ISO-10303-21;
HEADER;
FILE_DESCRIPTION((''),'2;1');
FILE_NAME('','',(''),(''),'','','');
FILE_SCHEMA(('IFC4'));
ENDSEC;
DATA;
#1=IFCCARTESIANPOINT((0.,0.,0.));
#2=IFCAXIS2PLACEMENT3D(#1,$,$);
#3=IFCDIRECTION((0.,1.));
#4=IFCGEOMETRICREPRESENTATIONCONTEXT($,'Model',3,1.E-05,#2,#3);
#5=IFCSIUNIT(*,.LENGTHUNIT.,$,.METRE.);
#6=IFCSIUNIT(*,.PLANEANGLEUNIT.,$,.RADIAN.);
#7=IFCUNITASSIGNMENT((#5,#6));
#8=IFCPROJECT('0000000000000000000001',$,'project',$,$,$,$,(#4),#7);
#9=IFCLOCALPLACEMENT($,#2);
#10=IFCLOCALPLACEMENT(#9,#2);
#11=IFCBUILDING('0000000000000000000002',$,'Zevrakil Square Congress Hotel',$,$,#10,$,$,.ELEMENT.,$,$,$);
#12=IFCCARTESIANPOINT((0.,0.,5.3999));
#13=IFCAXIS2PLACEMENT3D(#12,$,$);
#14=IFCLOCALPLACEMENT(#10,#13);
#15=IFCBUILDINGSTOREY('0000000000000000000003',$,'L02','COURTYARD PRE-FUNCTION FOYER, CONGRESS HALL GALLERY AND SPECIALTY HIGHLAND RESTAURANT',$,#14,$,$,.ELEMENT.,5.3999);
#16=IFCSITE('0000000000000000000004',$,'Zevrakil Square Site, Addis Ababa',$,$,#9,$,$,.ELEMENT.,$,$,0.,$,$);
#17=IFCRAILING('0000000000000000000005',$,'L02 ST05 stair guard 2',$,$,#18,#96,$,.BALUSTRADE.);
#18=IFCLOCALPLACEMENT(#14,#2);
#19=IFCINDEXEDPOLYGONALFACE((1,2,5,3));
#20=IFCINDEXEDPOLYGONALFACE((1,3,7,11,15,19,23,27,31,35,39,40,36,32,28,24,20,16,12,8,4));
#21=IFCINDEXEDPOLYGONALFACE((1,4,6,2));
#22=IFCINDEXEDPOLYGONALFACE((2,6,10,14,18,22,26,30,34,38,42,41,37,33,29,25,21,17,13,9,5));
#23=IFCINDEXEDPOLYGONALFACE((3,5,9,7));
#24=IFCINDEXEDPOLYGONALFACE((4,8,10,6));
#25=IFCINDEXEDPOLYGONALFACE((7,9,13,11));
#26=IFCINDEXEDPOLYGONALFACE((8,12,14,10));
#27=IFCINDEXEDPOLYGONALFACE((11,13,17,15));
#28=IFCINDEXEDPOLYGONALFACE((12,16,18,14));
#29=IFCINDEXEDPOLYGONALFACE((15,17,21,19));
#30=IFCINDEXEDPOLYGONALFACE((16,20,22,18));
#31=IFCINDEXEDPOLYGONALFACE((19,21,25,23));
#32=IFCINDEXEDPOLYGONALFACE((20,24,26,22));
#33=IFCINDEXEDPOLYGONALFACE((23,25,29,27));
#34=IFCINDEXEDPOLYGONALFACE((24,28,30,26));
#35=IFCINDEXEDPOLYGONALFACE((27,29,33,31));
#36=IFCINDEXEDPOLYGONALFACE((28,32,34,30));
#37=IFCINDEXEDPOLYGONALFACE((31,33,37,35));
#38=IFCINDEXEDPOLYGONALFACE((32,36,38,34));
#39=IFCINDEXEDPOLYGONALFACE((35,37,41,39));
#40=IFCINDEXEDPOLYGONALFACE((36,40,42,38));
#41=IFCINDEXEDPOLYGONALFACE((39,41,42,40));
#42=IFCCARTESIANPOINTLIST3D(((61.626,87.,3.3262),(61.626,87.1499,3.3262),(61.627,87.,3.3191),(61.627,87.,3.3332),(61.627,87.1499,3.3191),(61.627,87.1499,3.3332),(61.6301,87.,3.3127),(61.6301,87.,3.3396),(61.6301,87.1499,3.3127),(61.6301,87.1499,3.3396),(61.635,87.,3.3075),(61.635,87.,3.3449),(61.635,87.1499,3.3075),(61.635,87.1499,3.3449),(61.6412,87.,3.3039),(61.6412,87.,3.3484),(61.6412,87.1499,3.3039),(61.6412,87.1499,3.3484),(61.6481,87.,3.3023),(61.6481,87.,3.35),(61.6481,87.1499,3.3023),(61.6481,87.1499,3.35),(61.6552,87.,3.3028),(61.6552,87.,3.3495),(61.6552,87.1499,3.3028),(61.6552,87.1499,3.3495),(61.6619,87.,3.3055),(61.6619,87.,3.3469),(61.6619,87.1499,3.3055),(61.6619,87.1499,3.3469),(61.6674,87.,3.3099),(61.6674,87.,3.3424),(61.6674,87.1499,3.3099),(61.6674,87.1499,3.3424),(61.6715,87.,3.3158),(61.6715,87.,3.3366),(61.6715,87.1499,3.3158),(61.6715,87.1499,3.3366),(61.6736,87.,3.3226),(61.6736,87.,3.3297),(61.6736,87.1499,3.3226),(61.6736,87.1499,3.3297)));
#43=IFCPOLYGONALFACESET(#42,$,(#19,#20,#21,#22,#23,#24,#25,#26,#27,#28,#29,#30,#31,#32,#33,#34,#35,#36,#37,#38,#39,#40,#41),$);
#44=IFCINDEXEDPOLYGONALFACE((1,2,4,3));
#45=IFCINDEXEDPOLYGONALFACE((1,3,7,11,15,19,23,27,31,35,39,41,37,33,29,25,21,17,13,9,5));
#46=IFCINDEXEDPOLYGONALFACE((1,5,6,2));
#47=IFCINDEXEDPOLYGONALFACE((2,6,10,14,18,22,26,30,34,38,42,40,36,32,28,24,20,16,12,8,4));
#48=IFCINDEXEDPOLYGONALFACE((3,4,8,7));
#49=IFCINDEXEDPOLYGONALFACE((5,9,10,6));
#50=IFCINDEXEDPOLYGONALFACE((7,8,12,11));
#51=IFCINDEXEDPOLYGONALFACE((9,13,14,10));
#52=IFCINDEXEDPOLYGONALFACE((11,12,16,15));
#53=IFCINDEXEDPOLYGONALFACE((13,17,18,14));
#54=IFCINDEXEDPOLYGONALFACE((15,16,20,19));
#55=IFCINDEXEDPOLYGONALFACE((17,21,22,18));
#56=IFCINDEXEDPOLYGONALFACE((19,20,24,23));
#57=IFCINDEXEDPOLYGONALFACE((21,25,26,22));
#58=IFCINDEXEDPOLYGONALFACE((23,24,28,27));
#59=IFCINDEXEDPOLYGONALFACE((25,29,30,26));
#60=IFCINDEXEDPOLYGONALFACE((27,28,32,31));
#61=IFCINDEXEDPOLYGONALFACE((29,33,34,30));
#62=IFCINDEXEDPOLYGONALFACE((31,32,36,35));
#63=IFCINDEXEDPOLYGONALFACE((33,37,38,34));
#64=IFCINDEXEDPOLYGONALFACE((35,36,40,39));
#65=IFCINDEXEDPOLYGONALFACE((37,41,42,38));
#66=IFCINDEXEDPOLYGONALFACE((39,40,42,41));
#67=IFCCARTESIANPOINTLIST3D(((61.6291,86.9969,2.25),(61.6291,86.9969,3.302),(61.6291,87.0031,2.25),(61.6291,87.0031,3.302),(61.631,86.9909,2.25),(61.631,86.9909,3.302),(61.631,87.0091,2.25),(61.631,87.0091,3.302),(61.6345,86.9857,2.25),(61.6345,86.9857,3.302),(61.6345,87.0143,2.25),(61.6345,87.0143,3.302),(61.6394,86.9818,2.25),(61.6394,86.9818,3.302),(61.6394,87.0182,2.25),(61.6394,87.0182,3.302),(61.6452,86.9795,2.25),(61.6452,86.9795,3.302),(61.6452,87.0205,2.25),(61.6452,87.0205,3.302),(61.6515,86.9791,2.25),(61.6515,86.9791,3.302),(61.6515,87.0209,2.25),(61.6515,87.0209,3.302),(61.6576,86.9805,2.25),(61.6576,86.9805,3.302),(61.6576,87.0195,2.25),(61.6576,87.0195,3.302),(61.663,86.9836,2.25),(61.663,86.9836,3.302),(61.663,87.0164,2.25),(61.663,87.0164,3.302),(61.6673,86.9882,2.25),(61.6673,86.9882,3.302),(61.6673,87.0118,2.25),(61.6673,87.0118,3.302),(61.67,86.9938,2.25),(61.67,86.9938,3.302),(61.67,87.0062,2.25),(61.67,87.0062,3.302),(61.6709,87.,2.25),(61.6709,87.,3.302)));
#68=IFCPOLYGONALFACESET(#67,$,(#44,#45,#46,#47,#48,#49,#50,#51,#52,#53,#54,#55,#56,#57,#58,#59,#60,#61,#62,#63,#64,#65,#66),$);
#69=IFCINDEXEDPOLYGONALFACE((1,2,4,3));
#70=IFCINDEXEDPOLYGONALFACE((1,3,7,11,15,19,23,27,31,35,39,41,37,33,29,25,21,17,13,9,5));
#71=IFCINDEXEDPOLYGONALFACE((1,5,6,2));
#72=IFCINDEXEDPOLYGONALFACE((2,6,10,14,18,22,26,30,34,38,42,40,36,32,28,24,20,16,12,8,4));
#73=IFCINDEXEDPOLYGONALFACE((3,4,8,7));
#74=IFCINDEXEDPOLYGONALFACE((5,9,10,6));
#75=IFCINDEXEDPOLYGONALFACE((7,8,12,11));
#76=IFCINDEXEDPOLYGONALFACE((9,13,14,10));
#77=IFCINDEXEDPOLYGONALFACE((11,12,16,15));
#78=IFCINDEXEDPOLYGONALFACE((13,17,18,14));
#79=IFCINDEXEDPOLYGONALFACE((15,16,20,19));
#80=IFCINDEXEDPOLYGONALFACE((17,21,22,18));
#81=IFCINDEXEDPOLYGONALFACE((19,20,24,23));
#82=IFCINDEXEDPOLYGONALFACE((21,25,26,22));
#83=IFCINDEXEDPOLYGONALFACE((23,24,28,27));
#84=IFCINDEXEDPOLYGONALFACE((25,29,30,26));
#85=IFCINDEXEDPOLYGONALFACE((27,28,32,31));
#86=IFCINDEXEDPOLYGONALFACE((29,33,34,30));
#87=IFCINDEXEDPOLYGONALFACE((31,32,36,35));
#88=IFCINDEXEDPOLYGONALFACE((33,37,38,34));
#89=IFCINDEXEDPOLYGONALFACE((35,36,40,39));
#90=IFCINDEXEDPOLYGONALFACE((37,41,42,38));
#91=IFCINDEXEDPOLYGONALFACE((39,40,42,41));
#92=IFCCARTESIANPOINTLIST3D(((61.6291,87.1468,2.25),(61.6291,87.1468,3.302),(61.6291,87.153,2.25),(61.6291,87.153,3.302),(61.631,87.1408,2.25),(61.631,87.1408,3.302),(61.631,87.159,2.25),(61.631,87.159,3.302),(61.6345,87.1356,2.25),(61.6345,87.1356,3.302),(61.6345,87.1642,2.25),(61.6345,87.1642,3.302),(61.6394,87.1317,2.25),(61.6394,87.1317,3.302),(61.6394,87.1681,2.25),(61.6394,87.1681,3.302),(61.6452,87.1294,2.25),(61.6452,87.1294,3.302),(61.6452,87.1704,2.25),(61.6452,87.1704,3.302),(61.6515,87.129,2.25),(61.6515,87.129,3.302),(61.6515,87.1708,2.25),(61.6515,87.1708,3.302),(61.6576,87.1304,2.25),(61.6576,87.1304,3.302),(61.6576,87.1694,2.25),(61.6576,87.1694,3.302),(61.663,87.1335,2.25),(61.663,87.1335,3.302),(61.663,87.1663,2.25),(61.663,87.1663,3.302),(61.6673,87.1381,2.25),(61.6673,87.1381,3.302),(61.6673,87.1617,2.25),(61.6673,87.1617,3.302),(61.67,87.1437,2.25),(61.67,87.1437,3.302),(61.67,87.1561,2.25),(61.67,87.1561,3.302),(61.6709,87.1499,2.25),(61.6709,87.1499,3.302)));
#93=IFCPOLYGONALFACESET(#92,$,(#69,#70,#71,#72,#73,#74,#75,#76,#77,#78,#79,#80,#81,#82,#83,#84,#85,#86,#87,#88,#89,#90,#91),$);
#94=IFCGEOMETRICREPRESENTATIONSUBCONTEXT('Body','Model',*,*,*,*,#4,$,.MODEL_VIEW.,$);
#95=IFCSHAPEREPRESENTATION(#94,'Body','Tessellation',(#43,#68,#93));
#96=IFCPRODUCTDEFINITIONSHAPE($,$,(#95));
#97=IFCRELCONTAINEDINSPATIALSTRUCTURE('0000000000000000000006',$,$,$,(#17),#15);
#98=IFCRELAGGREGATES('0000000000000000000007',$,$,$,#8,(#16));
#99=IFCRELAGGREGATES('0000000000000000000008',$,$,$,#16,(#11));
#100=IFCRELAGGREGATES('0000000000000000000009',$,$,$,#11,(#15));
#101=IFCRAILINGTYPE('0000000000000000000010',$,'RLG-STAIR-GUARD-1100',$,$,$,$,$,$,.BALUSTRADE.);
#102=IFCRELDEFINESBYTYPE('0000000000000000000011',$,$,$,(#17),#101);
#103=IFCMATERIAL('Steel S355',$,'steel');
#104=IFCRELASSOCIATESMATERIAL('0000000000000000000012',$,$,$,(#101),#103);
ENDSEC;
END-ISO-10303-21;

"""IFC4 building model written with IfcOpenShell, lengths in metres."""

from ifc_helpers import new_model, si_unit, direction, frame, origin, origin_2d, place, context, subcontext, project, spatial, circle, extrude, material, type_object, element, save


model = new_model("IFC4")

# Units and contexts
model_context = context("Model", 3, precision=1e-05, world=origin(), true_north=direction((0.0, 1.0)))
body_context = subcontext(model_context, "Body", "Model", "MODEL_VIEW")
ifc_project = project(units=[si_unit("LENGTHUNIT", "METRE"), si_unit("PLANEANGLEUNIT", "RADIAN")], contexts=[model_context])

# Site, building, storey
site_placement = place(None, origin())
site = spatial("IfcSite", under=ifc_project, at=site_placement, Name="Zevrakil Square Site, Addis Ababa", CompositionType="ELEMENT", RefElevation=0.0)
building_placement = place(site_placement, origin())
building = spatial("IfcBuilding", under=site, at=building_placement, Name="Zevrakil Square Congress Hotel", CompositionType="ELEMENT")
storey_placement = place(building_placement, frame((0.0, 0.0, 5.3999)))
storey = spatial("IfcBuildingStorey", under=building, at=storey_placement, Name="L02", Description="COURTYARD PRE-FUNCTION FOYER, CONGRESS HALL GALLERY AND SPECIALTY HIGHLAND RESTAURANT", CompositionType="ELEMENT", Elevation=5.3999)

# Railing
ifc_material_1 = material(Name="Steel S355", Category="steel")
railing_type_1 = type_object("IfcRailingType", Name="RLG-STAIR-GUARD-1100", PredefinedType="BALUSTRADE", material=ifc_material_1)
railing_1_placement = place(storey_placement, frame((61.6499, 87.0, 2.25)))
element("IfcRailing", 1, at=railing_1_placement, inside=storey, type_object=railing_type_1, Name="L02 ST05 stair guard 2", PredefinedType="BALUSTRADE", context=body_context, shape_type="SweptSolid", body=[
    extrude(circle(Radius=0.0239, at=origin_2d()), frame((0.0, 0.0, 1.0762), z_axis=(0.0, 1.0, 0.0), x_axis=(-1.0, 0.0, 0.0)), (0.0, 0.0, 1.0), 0.1499),
    extrude(circle(Radius=0.021, at=origin_2d()), origin(), (0.0, 0.0, 1.0), 1.052),
    extrude(circle(Radius=0.021, at=origin_2d()), frame((0.0, 0.1499, 0.0)), (0.0, 0.0, 1.0), 1.052),
])

save(model, "model.ifc")
